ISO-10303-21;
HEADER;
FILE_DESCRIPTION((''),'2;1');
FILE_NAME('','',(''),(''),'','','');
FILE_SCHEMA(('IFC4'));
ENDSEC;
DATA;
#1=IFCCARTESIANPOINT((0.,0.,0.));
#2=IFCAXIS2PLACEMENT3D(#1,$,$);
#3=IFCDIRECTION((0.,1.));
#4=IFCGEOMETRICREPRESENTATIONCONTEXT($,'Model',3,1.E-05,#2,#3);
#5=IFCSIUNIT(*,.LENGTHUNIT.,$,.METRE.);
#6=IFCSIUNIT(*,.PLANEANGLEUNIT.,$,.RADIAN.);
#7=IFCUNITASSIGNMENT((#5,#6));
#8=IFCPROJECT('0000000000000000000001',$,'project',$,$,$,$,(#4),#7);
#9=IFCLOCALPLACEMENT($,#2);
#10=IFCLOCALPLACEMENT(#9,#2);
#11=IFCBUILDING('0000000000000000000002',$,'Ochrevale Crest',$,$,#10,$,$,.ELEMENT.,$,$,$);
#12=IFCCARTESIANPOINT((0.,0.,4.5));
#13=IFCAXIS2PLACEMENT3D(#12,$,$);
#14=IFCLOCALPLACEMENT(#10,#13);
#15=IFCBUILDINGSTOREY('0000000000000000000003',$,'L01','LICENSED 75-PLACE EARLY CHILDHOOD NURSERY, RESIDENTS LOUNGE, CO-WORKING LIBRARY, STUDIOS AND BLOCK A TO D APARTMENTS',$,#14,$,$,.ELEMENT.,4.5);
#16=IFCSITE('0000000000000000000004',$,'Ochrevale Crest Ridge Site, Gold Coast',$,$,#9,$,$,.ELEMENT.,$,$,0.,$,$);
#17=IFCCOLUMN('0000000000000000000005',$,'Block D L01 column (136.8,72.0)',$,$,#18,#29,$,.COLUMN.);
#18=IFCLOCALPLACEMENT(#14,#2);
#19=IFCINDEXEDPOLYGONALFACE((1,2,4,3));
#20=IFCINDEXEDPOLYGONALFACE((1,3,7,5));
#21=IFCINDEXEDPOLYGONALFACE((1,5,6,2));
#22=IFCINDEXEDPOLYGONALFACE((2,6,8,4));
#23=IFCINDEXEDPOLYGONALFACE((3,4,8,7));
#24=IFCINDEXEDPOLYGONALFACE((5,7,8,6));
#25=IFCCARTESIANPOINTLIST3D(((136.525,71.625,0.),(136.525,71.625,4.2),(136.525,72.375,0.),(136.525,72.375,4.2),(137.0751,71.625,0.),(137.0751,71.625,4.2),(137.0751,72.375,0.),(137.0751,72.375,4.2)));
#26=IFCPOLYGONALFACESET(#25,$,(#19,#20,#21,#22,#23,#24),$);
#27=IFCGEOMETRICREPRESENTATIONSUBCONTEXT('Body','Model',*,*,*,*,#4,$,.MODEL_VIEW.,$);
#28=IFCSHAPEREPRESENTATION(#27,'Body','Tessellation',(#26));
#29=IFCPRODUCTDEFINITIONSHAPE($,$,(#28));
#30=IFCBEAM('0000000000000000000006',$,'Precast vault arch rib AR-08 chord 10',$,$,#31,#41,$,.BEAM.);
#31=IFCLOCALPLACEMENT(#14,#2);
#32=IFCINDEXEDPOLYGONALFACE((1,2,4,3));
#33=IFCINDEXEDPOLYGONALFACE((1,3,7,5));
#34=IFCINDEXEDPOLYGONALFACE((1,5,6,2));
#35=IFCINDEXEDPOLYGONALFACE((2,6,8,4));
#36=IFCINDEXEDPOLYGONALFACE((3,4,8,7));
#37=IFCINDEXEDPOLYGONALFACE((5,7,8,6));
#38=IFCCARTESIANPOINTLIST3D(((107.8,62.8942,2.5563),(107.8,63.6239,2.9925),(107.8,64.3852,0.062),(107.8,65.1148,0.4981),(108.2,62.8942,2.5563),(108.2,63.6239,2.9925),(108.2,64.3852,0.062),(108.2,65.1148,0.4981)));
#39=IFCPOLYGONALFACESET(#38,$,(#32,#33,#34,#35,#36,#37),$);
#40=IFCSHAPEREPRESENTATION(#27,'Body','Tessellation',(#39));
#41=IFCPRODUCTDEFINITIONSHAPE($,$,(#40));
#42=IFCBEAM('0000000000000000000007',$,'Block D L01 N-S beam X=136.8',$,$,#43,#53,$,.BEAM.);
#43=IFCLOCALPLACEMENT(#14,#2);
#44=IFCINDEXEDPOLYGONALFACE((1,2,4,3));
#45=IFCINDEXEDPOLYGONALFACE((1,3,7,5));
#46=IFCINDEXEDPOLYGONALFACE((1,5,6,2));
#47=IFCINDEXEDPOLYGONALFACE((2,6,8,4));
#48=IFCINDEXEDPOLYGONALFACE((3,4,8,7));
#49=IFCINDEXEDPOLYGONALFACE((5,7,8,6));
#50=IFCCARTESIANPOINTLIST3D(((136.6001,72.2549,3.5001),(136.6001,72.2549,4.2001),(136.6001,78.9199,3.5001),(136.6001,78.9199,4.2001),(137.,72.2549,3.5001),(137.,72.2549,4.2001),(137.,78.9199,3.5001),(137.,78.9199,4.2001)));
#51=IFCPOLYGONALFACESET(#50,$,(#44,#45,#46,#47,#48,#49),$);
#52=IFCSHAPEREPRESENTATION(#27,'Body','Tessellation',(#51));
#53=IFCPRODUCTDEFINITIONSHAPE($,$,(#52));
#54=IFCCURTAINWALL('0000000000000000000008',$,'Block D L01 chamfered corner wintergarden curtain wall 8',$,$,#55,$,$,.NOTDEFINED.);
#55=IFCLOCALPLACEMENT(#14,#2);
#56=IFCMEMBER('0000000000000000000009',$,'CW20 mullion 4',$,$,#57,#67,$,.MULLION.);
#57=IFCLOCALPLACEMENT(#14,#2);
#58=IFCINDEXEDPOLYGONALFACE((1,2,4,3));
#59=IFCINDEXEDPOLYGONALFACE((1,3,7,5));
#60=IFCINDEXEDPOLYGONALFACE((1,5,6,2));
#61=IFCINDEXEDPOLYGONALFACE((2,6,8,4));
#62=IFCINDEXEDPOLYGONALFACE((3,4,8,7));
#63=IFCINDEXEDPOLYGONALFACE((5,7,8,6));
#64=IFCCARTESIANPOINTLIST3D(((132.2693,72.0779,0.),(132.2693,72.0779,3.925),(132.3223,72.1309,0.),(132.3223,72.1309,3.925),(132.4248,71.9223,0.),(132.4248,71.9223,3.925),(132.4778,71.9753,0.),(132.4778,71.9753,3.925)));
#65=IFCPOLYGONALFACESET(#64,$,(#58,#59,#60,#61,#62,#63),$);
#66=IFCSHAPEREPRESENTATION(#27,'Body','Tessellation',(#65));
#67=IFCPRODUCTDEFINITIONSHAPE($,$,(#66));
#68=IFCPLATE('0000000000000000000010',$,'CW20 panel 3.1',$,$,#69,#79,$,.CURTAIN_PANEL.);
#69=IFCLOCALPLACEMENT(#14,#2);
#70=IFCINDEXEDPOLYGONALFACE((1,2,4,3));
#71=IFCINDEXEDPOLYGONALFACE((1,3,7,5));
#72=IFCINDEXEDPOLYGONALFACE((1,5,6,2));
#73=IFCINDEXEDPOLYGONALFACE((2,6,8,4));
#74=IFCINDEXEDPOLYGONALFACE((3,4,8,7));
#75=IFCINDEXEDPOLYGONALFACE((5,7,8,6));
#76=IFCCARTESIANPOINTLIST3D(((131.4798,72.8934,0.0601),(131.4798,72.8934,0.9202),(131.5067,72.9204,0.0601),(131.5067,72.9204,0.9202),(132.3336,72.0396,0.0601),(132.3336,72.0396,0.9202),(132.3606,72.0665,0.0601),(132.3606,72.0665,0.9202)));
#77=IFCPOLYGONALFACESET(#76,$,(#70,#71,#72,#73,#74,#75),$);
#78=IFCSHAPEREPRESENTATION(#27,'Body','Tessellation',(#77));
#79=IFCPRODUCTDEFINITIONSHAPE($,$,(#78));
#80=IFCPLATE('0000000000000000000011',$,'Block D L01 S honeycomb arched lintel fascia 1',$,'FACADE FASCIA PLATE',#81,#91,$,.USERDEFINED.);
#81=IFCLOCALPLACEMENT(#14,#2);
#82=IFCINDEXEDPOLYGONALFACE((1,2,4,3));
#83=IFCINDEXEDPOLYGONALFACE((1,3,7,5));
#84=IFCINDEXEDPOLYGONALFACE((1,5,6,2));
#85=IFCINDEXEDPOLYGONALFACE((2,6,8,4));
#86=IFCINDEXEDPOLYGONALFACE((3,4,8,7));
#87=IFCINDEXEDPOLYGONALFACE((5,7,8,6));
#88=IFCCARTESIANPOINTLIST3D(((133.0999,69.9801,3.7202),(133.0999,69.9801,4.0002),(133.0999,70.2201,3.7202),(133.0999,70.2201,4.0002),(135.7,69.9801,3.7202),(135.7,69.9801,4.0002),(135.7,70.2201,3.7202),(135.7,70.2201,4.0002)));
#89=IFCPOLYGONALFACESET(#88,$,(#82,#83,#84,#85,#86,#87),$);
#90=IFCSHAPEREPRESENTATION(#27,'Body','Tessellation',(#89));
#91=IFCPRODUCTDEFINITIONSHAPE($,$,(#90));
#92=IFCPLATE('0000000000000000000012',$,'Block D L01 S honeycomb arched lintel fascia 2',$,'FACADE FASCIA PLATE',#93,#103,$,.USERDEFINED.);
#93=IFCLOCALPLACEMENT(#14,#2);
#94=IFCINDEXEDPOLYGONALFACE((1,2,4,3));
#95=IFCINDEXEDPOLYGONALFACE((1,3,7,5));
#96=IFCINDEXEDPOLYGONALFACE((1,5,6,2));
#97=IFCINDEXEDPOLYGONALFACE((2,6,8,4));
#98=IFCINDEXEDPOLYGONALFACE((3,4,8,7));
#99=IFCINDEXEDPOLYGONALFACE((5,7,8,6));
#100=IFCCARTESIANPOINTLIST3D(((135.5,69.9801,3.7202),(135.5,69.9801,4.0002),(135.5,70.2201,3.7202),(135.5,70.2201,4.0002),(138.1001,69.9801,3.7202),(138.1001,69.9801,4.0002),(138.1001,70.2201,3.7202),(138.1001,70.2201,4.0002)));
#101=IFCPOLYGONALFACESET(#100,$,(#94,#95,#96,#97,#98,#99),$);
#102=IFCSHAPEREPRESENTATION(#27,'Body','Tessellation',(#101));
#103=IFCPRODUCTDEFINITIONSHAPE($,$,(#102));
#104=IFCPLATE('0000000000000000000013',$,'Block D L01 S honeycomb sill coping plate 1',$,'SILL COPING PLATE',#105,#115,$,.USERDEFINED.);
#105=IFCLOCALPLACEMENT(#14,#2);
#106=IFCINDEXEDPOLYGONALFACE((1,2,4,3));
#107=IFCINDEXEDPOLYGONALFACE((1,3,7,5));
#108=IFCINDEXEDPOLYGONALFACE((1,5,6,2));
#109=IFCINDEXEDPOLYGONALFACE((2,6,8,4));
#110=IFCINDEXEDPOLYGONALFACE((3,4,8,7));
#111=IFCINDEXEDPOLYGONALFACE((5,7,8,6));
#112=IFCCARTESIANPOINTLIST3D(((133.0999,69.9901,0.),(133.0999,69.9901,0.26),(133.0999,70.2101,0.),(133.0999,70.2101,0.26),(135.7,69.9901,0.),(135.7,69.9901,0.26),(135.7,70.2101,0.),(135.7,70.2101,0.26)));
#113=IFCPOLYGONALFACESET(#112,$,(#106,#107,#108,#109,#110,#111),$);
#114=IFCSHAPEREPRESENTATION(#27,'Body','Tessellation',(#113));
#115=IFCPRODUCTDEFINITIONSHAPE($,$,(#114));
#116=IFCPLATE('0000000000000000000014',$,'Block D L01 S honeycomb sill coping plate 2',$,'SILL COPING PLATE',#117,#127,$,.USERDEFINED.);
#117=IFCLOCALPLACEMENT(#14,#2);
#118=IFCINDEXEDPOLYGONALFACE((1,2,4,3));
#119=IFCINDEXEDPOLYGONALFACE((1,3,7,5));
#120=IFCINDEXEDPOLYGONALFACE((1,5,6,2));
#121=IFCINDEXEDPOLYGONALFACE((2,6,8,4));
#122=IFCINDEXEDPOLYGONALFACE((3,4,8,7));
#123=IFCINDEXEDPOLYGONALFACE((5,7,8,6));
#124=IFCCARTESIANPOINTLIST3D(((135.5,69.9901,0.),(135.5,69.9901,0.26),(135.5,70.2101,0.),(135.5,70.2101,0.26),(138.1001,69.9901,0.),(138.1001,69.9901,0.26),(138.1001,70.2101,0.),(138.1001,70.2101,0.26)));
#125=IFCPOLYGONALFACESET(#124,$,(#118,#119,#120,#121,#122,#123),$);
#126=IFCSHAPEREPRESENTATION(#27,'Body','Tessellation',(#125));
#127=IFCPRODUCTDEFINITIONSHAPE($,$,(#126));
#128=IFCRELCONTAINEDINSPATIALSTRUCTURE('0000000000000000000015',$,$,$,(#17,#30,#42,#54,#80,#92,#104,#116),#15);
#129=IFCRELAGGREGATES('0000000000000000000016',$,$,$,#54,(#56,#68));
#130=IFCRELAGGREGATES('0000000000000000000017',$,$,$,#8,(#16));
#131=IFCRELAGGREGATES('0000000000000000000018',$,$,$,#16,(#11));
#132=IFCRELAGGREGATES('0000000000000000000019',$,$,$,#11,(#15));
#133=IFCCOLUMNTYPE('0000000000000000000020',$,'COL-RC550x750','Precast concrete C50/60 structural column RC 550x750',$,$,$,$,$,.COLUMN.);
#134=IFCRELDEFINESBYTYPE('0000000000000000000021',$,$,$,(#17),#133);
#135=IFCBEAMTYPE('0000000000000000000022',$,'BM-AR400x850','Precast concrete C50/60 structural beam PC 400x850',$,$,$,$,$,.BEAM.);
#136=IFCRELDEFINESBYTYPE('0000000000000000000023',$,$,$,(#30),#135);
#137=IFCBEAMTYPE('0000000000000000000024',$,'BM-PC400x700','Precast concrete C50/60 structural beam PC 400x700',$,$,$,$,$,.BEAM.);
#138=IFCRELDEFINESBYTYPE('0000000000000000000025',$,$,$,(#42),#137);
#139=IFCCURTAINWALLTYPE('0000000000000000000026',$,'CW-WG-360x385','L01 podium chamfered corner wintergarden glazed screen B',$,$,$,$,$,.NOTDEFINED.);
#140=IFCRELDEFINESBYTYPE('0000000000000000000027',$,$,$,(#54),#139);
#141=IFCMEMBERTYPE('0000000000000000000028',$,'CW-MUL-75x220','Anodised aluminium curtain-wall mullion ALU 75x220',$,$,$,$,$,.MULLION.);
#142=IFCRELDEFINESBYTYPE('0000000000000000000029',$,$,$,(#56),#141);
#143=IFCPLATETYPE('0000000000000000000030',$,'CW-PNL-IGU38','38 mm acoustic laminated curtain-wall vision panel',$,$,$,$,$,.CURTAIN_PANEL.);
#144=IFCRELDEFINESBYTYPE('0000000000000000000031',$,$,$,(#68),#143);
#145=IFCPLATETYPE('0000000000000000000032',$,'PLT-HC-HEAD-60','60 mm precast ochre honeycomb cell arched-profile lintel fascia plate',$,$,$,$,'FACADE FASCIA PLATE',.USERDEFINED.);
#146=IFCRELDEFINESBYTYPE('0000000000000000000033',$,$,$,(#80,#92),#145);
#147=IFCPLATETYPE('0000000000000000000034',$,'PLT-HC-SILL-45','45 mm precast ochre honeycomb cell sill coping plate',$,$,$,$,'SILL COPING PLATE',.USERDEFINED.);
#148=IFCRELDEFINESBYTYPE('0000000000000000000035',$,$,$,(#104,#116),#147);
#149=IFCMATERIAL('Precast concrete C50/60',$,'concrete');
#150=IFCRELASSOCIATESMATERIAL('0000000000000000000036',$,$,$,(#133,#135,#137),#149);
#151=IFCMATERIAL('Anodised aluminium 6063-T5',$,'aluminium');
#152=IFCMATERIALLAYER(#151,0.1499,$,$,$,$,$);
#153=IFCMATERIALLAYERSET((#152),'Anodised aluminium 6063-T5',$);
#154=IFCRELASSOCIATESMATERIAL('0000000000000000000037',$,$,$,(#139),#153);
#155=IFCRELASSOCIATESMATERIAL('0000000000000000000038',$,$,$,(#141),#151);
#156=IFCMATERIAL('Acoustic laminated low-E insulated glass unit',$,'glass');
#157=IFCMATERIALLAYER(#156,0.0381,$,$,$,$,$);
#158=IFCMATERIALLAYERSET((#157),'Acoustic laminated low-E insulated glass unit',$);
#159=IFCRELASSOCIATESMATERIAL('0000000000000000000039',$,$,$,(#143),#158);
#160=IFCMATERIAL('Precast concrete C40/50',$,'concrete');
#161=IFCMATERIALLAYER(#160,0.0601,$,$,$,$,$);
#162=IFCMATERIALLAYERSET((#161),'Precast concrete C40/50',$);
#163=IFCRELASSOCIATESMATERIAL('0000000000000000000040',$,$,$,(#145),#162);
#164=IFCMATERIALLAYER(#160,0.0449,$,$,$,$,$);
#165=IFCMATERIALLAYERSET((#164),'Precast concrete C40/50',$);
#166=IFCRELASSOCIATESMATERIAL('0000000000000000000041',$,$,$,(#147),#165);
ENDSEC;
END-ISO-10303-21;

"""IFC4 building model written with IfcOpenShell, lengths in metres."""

from ifc_helpers import new_model, si_unit, direction, frame, origin, origin_2d, place, context, subcontext, project, spatial, rectangle, extrude, material, layer, layer_set, material_profile, profile_set, type_object, element, aggregate, save


model = new_model("IFC4")

# Units and contexts
model_context = context("Model", 3, precision=1e-05, world=origin(), true_north=direction((0.0, 1.0)))
body_context = subcontext(model_context, "Body", "Model", "MODEL_VIEW")
ifc_project = project(units=[si_unit("LENGTHUNIT", "METRE"), si_unit("PLANEANGLEUNIT", "RADIAN")], contexts=[model_context])

# Site, building, storey
site_placement = place(None, origin())
site = spatial("IfcSite", under=ifc_project, at=site_placement, Name="Ochrevale Crest Ridge Site, Gold Coast", CompositionType="ELEMENT", RefElevation=0.0)
building_placement = place(site_placement, origin())
building = spatial("IfcBuilding", under=site, at=building_placement, Name="Ochrevale Crest", CompositionType="ELEMENT")
storey_placement = place(building_placement, frame((0.0, 0.0, 4.5)))
storey = spatial("IfcBuildingStorey", under=building, at=storey_placement, Name="L01", Description="LICENSED 75-PLACE EARLY CHILDHOOD NURSERY, RESIDENTS LOUNGE, CO-WORKING LIBRARY, STUDIOS AND BLOCK A TO D APARTMENTS", CompositionType="ELEMENT", Elevation=4.5)

# Column
ifc_material_1 = material(Name="Precast concrete C50/60", Category="concrete")
ifc_material_profile_1 = material_profile(ifc_material_1, rectangle(XDim=0.55, YDim=0.75, at=origin_2d()), Name="RC 550x750")
ifc_profile_set_1 = profile_set([ifc_material_profile_1], Name="Precast concrete C50/60")
column_type = type_object("IfcColumnType", Name="COL-RC550x750", Description="Precast concrete C50/60 structural column RC 550x750", PredefinedType="COLUMN", material=ifc_profile_set_1)
column_placement = place(storey_placement, frame((136.8, 72.0, 0.0), z_axis=(0.0, 0.0, 1.0), x_axis=(1.0, 0.0, 0.0)))
element("IfcColumn", 1, at=column_placement, inside=storey, type_object=column_type, Name="Block D L01 column (136.8,72.0)", PredefinedType="COLUMN", context=body_context, shape_type="SweptSolid", body=[
    extrude(rectangle(XDim=0.55, YDim=0.75, at=origin_2d()), origin(), (0.0, 0.0, 1.0), 4.2),
])

# Beams
ifc_material_profile_2 = material_profile(ifc_material_1, rectangle(XDim=0.3999, YDim=0.8501, at=origin_2d()), Name="PC 400x850")
ifc_profile_set_2 = profile_set([ifc_material_profile_2], Name="Precast concrete C50/60")
beam_type_1 = type_object("IfcBeamType", Name="BM-AR400x850", Description="Precast concrete C50/60 structural beam PC 400x850", PredefinedType="BEAM", material=ifc_profile_set_2)
beam_1_placement = place(storey_placement, frame((108.0, 63.259, 2.7744), z_axis=(0.0, 0.513062, -0.858352), x_axis=(-1.0, 0.0, 0.0)))
element("IfcBeam", 2, at=beam_1_placement, inside=storey, type_object=beam_type_1, Name="Precast vault arch rib AR-08 chord 10", PredefinedType="BEAM", context=body_context, shape_type="SweptSolid", body=[
    extrude(rectangle(XDim=0.3999, YDim=0.8501, at=origin_2d()), origin(), (0.0, 0.0, 1.0), 2.906),
])
ifc_material_profile_3 = material_profile(ifc_material_1, rectangle(XDim=0.3999, YDim=0.7, at=origin_2d()), Name="PC 400x700")
ifc_profile_set_3 = profile_set([ifc_material_profile_3], Name="Precast concrete C50/60")
beam_type_2 = type_object("IfcBeamType", Name="BM-PC400x700", Description="Precast concrete C50/60 structural beam PC 400x700", PredefinedType="BEAM", material=ifc_profile_set_3)
beam_2_placement = place(storey_placement, frame((136.8, 72.2549, 3.8501), z_axis=(0.0, 1.0, 0.0), x_axis=(-1.0, 0.0, 0.0)))
element("IfcBeam", 3, at=beam_2_placement, inside=storey, type_object=beam_type_2, Name="Block D L01 N-S beam X=136.8", PredefinedType="BEAM", context=body_context, shape_type="SweptSolid", body=[
    extrude(rectangle(XDim=0.3999, YDim=0.7, at=origin_2d()), origin(), (0.0, 0.0, 1.0), 6.665),
])

# Curtain wall, member, plate
ifc_material_2 = material(Name="Anodised aluminium 6063-T5", Category="aluminium")
ifc_layer_1 = layer(ifc_material_2, 0.1499)
ifc_layer_set_1 = layer_set([ifc_layer_1], Name="Anodised aluminium 6063-T5")
curtain_wall_type = type_object("IfcCurtainWallType", Name="CW-WG-360x385", Description="L01 podium chamfered corner wintergarden glazed screen B", PredefinedType="NOTDEFINED", material=ifc_layer_set_1)
curtain_wall_placement = place(storey_placement, origin())
curtain_wall = element("IfcCurtainWall", 4, at=curtain_wall_placement, inside=storey, type_object=curtain_wall_type, Name="Block D L01 chamfered corner wintergarden curtain wall 8", PredefinedType="NOTDEFINED")
ifc_material_profile_4 = material_profile(ifc_material_2, rectangle(XDim=0.075, YDim=0.22, at=origin_2d()), Name="ALU 75x220")
ifc_profile_set_4 = profile_set([ifc_material_profile_4], Name="Anodised aluminium 6063-T5")
member_type = type_object("IfcMemberType", Name="CW-MUL-75x220", Description="Anodised aluminium curtain-wall mullion ALU 75x220", PredefinedType="MULLION", material=ifc_profile_set_4)
member_placement = place(storey_placement, frame((132.3735, 72.0266, 0.0), z_axis=(0.0, 0.0, 1.0), x_axis=(0.707107, 0.707107, 0.0)))
member = element("IfcMember", 5, at=member_placement, type_object=member_type, Name="CW20 mullion 4", PredefinedType="MULLION", context=body_context, shape_type="SweptSolid", body=[
    extrude(rectangle(XDim=0.075, YDim=0.22, at=origin_2d()), origin(), (0.0, 0.0, 1.0), 3.925),
])
ifc_material_3 = material(Name="Acoustic laminated low-E insulated glass unit", Category="glass")
ifc_layer_2 = layer(ifc_material_3, 0.0381)
ifc_layer_set_2 = layer_set([ifc_layer_2], Name="Acoustic laminated low-E insulated glass unit")
plate_type_1 = type_object("IfcPlateType", Name="CW-PNL-IGU38", Description="38 mm acoustic laminated curtain-wall vision panel", PredefinedType="CURTAIN_PANEL", material=ifc_layer_set_2)
plate_placement = place(storey_placement, frame((131.9202, 72.48, 0.0601), z_axis=(0.0, 0.0, 1.0), x_axis=(0.707107, -0.707107, 0.0)))
plate = element("IfcPlate", 6, at=plate_placement, type_object=plate_type_1, Name="CW20 panel 3.1", PredefinedType="CURTAIN_PANEL", context=body_context, shape_type="SweptSolid", body=[
    extrude(rectangle(XDim=1.2075, YDim=0.0381, at=origin_2d()), origin(), (0.0, 0.0, 1.0), 0.8601),
])
aggregate(curtain_wall, [member, plate])

# Plates
ifc_material_4 = material(Name="Precast concrete C40/50", Category="concrete")
ifc_layer_3 = layer(ifc_material_4, 0.0601)
ifc_layer_set_3 = layer_set([ifc_layer_3], Name="Precast concrete C40/50")
plate_type_2 = type_object("IfcPlateType", Name="PLT-HC-HEAD-60", Description="60 mm precast ochre honeycomb cell arched-profile lintel fascia plate", ElementType="FACADE FASCIA PLATE", PredefinedType="USERDEFINED", material=ifc_layer_set_3)
for number, where, z_axis, x_axis, name in (
    (7, (134.3999, 70.1001, 3.7202), (0.0, 0.0, 1.0), (1.0, 0.0, 0.0), "Block D L01 S honeycomb arched lintel fascia 1"),
    (8, (136.8, 70.1001, 3.7202), (0.0, 0.0, 1.0), (1.0, 0.0, 0.0), "Block D L01 S honeycomb arched lintel fascia 2"),
):
    element("IfcPlate", number, at=place(storey_placement, frame(where, z_axis=z_axis, x_axis=x_axis)), inside=storey, type_object=plate_type_2, Name=name, ObjectType="FACADE FASCIA PLATE", PredefinedType="USERDEFINED", context=body_context, shape_type="SweptSolid", body=[
        extrude(rectangle(XDim=2.6001, YDim=0.24, at=origin_2d()), origin(), (0.0, 0.0, 1.0), 0.28),
    ])
ifc_layer_4 = layer(ifc_material_4, 0.0449)
ifc_layer_set_4 = layer_set([ifc_layer_4], Name="Precast concrete C40/50")
plate_type_3 = type_object("IfcPlateType", Name="PLT-HC-SILL-45", Description="45 mm precast ochre honeycomb cell sill coping plate", ElementType="SILL COPING PLATE", PredefinedType="USERDEFINED", material=ifc_layer_set_4)
for number, where, z_axis, x_axis, name in (
    (9, (134.3999, 70.1001, 0.0), (0.0, 0.0, 1.0), (1.0, 0.0, 0.0), "Block D L01 S honeycomb sill coping plate 1"),
    (10, (136.8, 70.1001, 0.0), (0.0, 0.0, 1.0), (1.0, 0.0, 0.0), "Block D L01 S honeycomb sill coping plate 2"),
):
    element("IfcPlate", number, at=place(storey_placement, frame(where, z_axis=z_axis, x_axis=x_axis)), inside=storey, type_object=plate_type_3, Name=name, ObjectType="SILL COPING PLATE", PredefinedType="USERDEFINED", context=body_context, shape_type="SweptSolid", body=[
        extrude(rectangle(XDim=2.6001, YDim=0.22, at=origin_2d()), origin(), (0.0, 0.0, 1.0), 0.26),
    ])

save(model, "model.ifc")
